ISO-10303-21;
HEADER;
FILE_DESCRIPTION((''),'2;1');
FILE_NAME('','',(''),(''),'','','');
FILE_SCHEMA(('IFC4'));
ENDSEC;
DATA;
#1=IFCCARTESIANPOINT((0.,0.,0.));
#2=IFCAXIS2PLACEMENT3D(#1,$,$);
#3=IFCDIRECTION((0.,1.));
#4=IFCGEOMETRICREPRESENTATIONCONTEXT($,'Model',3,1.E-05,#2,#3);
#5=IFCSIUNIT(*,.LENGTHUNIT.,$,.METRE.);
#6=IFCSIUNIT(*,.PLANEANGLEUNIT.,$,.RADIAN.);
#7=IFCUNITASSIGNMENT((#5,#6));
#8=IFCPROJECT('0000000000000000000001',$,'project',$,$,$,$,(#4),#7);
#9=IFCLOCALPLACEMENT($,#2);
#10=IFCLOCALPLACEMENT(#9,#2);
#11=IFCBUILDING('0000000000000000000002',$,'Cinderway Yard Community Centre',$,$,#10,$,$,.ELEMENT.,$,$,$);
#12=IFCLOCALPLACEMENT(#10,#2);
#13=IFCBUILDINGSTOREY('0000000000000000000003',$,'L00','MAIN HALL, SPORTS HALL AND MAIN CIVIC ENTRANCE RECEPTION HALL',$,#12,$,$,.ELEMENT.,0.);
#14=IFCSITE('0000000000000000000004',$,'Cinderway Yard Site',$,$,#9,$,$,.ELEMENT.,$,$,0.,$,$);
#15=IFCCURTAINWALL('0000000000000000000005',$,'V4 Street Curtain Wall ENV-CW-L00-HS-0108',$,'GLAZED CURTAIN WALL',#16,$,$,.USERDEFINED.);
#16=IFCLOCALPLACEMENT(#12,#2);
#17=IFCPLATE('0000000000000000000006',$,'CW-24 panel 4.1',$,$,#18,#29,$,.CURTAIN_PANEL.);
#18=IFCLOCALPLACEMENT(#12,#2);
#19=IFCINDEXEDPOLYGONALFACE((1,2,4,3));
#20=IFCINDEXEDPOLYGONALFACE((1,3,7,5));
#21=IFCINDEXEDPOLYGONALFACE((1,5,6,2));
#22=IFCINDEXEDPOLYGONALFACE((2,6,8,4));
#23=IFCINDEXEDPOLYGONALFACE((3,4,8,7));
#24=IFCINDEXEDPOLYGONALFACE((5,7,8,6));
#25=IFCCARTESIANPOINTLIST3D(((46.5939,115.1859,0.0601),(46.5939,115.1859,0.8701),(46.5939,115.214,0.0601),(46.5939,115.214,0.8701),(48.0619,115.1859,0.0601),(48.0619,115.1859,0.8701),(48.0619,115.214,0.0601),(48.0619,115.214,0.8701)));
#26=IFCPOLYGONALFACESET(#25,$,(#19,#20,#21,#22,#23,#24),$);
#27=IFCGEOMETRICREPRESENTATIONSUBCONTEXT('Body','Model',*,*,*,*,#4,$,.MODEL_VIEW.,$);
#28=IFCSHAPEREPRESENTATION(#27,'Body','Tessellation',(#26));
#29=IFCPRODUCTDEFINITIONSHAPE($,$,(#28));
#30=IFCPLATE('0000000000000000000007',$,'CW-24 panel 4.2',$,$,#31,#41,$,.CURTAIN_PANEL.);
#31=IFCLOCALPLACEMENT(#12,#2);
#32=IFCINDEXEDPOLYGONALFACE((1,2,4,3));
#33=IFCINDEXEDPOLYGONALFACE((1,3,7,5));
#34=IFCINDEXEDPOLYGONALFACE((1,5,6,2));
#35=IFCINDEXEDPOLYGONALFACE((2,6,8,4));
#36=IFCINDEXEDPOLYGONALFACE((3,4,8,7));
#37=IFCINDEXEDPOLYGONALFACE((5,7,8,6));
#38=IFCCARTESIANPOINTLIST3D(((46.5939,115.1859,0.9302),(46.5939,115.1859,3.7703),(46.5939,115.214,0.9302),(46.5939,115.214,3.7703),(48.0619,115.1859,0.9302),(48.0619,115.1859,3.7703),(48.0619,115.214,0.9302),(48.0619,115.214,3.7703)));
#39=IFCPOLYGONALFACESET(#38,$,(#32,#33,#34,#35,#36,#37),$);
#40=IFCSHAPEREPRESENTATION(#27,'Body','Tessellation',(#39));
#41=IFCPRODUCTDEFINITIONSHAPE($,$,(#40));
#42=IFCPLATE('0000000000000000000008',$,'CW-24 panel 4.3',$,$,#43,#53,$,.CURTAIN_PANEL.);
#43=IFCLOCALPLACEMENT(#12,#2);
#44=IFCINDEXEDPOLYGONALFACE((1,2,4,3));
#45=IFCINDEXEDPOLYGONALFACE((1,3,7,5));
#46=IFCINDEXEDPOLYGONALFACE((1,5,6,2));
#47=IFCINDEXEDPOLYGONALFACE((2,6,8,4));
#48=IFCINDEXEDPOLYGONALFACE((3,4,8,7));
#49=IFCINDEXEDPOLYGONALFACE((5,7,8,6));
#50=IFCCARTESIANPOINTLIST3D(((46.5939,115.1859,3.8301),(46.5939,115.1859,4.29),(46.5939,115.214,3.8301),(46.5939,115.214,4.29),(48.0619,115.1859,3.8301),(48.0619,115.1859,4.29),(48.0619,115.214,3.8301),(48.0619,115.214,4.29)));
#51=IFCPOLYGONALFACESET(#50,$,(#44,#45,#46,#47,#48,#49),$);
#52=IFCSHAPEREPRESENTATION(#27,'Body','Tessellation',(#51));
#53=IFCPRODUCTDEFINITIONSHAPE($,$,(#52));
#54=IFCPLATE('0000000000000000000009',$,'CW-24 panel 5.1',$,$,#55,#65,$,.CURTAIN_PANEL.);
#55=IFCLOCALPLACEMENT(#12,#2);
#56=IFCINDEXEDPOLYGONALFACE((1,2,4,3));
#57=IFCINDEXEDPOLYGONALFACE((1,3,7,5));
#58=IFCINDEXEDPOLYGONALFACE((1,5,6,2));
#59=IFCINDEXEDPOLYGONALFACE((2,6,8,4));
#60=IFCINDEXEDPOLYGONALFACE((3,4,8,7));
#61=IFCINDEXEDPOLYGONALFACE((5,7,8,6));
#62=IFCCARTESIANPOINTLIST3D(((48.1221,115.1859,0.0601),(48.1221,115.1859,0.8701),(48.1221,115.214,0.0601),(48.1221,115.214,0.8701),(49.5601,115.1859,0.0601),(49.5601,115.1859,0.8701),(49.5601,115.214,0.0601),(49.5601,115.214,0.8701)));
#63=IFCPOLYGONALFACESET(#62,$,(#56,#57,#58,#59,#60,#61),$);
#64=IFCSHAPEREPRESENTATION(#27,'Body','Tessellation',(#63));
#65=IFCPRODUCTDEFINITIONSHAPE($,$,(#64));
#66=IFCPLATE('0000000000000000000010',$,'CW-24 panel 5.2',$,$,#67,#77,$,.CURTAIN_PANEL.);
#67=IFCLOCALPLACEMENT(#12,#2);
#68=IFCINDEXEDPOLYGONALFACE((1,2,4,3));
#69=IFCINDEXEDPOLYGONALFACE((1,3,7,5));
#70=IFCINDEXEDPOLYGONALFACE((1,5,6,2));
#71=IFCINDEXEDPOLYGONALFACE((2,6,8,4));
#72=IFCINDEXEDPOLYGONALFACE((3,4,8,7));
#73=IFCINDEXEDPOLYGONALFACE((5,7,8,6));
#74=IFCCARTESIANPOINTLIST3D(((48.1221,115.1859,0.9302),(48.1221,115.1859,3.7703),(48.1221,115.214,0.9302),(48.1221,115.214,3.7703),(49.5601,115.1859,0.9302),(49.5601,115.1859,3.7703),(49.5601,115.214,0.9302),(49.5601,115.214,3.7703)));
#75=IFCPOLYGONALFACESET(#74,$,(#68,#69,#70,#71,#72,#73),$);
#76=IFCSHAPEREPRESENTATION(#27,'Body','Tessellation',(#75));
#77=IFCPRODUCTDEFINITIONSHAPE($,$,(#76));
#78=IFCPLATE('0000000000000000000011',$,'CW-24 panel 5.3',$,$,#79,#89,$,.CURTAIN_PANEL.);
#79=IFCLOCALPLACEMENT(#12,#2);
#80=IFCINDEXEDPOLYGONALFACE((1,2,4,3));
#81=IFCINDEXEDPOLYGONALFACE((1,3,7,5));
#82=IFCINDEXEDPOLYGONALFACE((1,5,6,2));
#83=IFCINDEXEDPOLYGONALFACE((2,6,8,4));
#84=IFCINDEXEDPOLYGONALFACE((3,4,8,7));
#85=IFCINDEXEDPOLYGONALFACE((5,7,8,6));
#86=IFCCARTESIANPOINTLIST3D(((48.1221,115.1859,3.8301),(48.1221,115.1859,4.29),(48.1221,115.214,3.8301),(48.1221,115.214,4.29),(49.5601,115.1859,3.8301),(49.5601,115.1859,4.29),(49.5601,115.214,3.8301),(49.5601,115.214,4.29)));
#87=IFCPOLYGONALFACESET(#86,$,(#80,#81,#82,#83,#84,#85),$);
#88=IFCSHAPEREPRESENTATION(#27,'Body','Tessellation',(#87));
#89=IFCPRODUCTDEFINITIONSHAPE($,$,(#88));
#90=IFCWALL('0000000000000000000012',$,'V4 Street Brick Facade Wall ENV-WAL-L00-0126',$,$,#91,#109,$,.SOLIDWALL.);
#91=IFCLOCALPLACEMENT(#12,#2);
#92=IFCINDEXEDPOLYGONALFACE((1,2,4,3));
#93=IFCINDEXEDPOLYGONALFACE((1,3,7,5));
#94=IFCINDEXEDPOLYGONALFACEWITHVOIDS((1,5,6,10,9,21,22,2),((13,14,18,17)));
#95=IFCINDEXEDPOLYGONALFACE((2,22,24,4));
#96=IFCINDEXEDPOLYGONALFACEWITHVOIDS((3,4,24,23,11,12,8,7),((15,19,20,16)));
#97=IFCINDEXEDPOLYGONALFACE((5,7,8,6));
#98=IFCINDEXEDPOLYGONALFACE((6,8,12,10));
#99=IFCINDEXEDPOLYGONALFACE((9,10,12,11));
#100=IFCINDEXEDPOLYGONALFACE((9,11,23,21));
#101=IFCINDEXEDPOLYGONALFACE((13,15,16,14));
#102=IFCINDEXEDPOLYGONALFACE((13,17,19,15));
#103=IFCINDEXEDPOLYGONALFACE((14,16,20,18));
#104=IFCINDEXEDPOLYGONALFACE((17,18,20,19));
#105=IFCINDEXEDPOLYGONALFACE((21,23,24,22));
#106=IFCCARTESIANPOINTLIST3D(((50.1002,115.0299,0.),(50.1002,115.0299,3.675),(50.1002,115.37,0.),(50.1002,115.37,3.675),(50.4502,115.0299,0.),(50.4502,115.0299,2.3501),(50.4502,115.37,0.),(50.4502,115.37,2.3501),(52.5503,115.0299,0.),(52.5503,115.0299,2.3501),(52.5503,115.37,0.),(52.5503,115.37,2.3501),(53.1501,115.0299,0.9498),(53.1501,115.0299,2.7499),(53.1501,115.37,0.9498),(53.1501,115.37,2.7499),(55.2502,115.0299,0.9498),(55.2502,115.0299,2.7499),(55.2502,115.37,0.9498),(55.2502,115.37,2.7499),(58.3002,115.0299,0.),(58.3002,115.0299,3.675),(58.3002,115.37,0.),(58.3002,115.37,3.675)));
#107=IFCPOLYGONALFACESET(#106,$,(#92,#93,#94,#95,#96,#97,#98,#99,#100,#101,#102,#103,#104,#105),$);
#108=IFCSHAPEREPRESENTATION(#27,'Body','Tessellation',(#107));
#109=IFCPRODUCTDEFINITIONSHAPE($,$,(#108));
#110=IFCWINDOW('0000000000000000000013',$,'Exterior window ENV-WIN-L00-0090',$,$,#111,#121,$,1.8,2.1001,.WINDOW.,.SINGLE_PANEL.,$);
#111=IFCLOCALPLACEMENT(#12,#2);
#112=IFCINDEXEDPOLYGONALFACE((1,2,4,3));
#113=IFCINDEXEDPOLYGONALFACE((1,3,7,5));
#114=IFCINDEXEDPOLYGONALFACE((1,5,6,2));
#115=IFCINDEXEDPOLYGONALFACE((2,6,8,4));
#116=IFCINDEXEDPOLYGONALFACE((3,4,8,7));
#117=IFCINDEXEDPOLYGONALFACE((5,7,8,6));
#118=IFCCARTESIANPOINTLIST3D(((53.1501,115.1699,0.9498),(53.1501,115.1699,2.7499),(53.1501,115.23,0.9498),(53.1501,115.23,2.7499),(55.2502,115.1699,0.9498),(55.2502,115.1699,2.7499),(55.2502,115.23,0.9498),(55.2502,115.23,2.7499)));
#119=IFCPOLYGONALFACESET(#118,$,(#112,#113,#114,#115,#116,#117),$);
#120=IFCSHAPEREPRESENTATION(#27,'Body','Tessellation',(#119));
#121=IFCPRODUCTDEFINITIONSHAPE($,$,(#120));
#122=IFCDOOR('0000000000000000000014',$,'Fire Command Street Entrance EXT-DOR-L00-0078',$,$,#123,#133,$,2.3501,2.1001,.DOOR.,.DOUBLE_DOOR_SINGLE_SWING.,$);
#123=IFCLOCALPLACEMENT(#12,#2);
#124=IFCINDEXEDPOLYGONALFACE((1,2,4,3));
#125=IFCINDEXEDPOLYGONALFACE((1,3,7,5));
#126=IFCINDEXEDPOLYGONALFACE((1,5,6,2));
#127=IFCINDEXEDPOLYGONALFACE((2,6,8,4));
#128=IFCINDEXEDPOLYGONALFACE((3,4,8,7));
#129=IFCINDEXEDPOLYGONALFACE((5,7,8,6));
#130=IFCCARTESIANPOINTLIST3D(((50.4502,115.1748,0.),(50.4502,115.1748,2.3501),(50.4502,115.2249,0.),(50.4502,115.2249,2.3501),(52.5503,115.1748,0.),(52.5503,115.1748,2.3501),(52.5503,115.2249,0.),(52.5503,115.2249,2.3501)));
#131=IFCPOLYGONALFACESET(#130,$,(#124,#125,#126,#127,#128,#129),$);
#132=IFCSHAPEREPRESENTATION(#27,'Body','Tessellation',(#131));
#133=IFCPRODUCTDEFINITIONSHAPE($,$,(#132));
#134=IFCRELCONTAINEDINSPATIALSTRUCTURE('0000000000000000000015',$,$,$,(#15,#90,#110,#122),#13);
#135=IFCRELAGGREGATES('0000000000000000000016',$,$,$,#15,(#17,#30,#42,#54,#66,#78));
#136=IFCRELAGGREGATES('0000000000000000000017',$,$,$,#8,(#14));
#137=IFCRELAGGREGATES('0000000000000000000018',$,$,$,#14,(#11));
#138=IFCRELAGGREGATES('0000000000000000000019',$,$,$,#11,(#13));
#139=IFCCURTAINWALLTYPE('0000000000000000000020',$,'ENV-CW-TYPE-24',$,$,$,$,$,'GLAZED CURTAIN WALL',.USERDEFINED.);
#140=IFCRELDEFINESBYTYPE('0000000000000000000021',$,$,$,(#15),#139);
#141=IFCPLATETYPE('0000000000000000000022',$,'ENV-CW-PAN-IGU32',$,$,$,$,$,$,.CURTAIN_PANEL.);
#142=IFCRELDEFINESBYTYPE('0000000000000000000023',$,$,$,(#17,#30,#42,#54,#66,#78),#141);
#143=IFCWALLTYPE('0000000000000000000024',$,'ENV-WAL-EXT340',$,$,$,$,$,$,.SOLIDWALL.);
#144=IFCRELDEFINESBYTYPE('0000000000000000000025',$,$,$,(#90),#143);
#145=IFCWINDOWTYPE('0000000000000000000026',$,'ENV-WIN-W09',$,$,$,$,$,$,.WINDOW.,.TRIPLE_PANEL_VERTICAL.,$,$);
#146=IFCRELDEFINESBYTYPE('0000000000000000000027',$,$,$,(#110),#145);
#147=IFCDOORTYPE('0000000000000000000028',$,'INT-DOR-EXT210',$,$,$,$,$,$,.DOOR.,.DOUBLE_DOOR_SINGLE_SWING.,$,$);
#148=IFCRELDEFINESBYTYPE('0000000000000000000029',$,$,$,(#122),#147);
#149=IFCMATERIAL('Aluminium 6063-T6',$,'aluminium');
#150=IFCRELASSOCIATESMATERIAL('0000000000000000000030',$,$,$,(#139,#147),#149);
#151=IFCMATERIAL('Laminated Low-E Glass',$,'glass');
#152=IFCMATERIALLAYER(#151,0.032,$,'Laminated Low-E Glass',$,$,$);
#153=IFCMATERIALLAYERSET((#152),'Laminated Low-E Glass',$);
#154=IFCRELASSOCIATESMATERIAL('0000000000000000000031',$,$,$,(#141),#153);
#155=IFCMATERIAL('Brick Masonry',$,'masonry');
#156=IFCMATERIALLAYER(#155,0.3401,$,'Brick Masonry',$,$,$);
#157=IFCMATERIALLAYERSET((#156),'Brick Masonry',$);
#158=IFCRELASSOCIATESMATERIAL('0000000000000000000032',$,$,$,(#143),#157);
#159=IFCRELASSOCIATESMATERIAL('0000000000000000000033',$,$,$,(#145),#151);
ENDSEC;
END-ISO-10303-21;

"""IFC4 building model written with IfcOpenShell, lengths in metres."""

from ifc_helpers import new_model, si_unit, direction, frame, frame_2d, origin, origin_2d, place, context, subcontext, project, spatial, rectangle, extrude, material, layer, layer_set, type_object, element, fill, aggregate, save


model = new_model("IFC4")

# Units and contexts
model_context = context("Model", 3, precision=1e-05, world=origin(), true_north=direction((0.0, 1.0)))
body_context = subcontext(model_context, "Body", "Model", "MODEL_VIEW")
ifc_project = project(units=[si_unit("LENGTHUNIT", "METRE"), si_unit("PLANEANGLEUNIT", "RADIAN")], contexts=[model_context])

# Site, building, storey
site_placement = place(None, origin())
site = spatial("IfcSite", under=ifc_project, at=site_placement, Name="Cinderway Yard Site", CompositionType="ELEMENT", RefElevation=0.0)
building_placement = place(site_placement, origin())
building = spatial("IfcBuilding", under=site, at=building_placement, Name="Cinderway Yard Community Centre", CompositionType="ELEMENT")
storey_placement = place(building_placement, origin())
storey = spatial("IfcBuildingStorey", under=building, at=storey_placement, Name="L00", Description="MAIN HALL, SPORTS HALL AND MAIN CIVIC ENTRANCE RECEPTION HALL", CompositionType="ELEMENT", Elevation=0.0)

# Curtain wall, plates
ifc_material_1 = material(Name="Aluminium 6063-T6", Category="aluminium")
curtain_wall_type = type_object("IfcCurtainWallType", Name="ENV-CW-TYPE-24", ElementType="GLAZED CURTAIN WALL", PredefinedType="USERDEFINED", material=ifc_material_1)
curtain_wall_placement = place(storey_placement, origin())
curtain_wall = element("IfcCurtainWall", 1, at=curtain_wall_placement, inside=storey, type_object=curtain_wall_type, Name="V4 Street Curtain Wall ENV-CW-L00-HS-0108", ObjectType="GLAZED CURTAIN WALL", PredefinedType="USERDEFINED")
ifc_material_2 = material(Name="Laminated Low-E Glass", Category="glass")
ifc_layer_1 = layer(ifc_material_2, 0.032, Name="Laminated Low-E Glass")
ifc_layer_set_1 = layer_set([ifc_layer_1], Name="Laminated Low-E Glass")
plate_type = type_object("IfcPlateType", Name="ENV-CW-PAN-IGU32", PredefinedType="CURTAIN_PANEL", material=ifc_layer_set_1)
plate_1_placement = place(storey_placement, frame((47.3279, 115.2, 0.0601), z_axis=(0.0, 0.0, 1.0), x_axis=(1.0, 0.0, 0.0)))
plate_1 = element("IfcPlate", 2, at=plate_1_placement, type_object=plate_type, Name="CW-24 panel 4.1", PredefinedType="CURTAIN_PANEL", context=body_context, shape_type="SweptSolid", body=[
    extrude(rectangle(XDim=1.468, YDim=0.0281, at=origin_2d()), origin(), (0.0, 0.0, 1.0), 0.8101),
])
plate_2_placement = place(storey_placement, frame((47.3279, 115.2, 0.9302), z_axis=(0.0, 0.0, 1.0), x_axis=(1.0, 0.0, 0.0)))
plate_2 = element("IfcPlate", 3, at=plate_2_placement, type_object=plate_type, Name="CW-24 panel 4.2", PredefinedType="CURTAIN_PANEL", context=body_context, shape_type="SweptSolid", body=[
    extrude(rectangle(XDim=1.468, YDim=0.0281, at=origin_2d()), origin(), (0.0, 0.0, 1.0), 2.8401),
])
plate_3_placement = place(storey_placement, frame((47.3279, 115.2, 3.8301), z_axis=(0.0, 0.0, 1.0), x_axis=(1.0, 0.0, 0.0)))
plate_3 = element("IfcPlate", 4, at=plate_3_placement, type_object=plate_type, Name="CW-24 panel 4.3", PredefinedType="CURTAIN_PANEL", context=body_context, shape_type="SweptSolid", body=[
    extrude(rectangle(XDim=1.468, YDim=0.0281, at=origin_2d()), origin(), (0.0, 0.0, 1.0), 0.46),
])
plate_4_placement = place(storey_placement, frame((48.8411, 115.2, 0.0601), z_axis=(0.0, 0.0, 1.0), x_axis=(1.0, 0.0, 0.0)))
plate_4 = element("IfcPlate", 5, at=plate_4_placement, type_object=plate_type, Name="CW-24 panel 5.1", PredefinedType="CURTAIN_PANEL", context=body_context, shape_type="SweptSolid", body=[
    extrude(rectangle(XDim=1.438, YDim=0.0281, at=origin_2d()), origin(), (0.0, 0.0, 1.0), 0.8101),
])
plate_5_placement = place(storey_placement, frame((48.8411, 115.2, 0.9302), z_axis=(0.0, 0.0, 1.0), x_axis=(1.0, 0.0, 0.0)))
plate_5 = element("IfcPlate", 6, at=plate_5_placement, type_object=plate_type, Name="CW-24 panel 5.2", PredefinedType="CURTAIN_PANEL", context=body_context, shape_type="SweptSolid", body=[
    extrude(rectangle(XDim=1.438, YDim=0.0281, at=origin_2d()), origin(), (0.0, 0.0, 1.0), 2.8401),
])
plate_6_placement = place(storey_placement, frame((48.8411, 115.2, 3.8301), z_axis=(0.0, 0.0, 1.0), x_axis=(1.0, 0.0, 0.0)))
plate_6 = element("IfcPlate", 7, at=plate_6_placement, type_object=plate_type, Name="CW-24 panel 5.3", PredefinedType="CURTAIN_PANEL", context=body_context, shape_type="SweptSolid", body=[
    extrude(rectangle(XDim=1.438, YDim=0.0281, at=origin_2d()), origin(), (0.0, 0.0, 1.0), 0.46),
])
aggregate(curtain_wall, [plate_1, plate_2, plate_3, plate_4, plate_5, plate_6])

# Wall, openings, window, door
ifc_material_3 = material(Name="Brick Masonry", Category="masonry")
ifc_layer_2 = layer(ifc_material_3, 0.3401, Name="Brick Masonry")
ifc_layer_set_2 = layer_set([ifc_layer_2], Name="Brick Masonry")
wall_type = type_object("IfcWallType", Name="ENV-WAL-EXT340", PredefinedType="SOLIDWALL", material=ifc_layer_set_2)
wall_placement = place(storey_placement, frame((50.1001, 115.2, 0.0), z_axis=(0.0, 0.0, 1.0), x_axis=(1.0, 0.0, 0.0)))
wall = element("IfcWall", 8, at=wall_placement, inside=storey, type_object=wall_type, Name="V4 Street Brick Facade Wall ENV-WAL-L00-0126", PredefinedType="SOLIDWALL", context=body_context, shape_type="SweptSolid", body=[
    extrude(rectangle(XDim=8.2, YDim=0.3401, at=frame_2d((4.1001, 0.0))), origin(), (0.0, 0.0, 1.0), 3.675),
])
opening_1_placement = place(wall_placement, frame((3.05, 0.0, 0.95)))
opening_1 = element("IfcOpeningElement", 9, at=opening_1_placement, cuts=wall, PredefinedType="OPENING", context=body_context, shape_type="SweptSolid", body=[
    extrude(rectangle(XDim=2.1001, YDim=1.8, at=frame_2d((1.05, 0.8999))), frame((0.0, 0.1799, 0.0), z_axis=(0.0, -1.0, 0.0), x_axis=(1.0, 0.0, 0.0)), (0.0, 0.0, 1.0), 0.3601),
])
opening_2_placement = place(wall_placement, frame((0.3501, 0.0, 0.0)))
opening_2 = element("IfcOpeningElement", 10, at=opening_2_placement, cuts=wall, PredefinedType="OPENING", context=body_context, shape_type="SweptSolid", body=[
    extrude(rectangle(XDim=2.1001, YDim=2.3501, at=frame_2d((1.05, 1.175))), frame((0.0, 0.1799, 0.0), z_axis=(0.0, -1.0, 0.0), x_axis=(1.0, 0.0, 0.0)), (0.0, 0.0, 1.0), 0.3601),
])
window_type = type_object("IfcWindowType", Name="ENV-WIN-W09", PartitioningType="TRIPLE_PANEL_VERTICAL", PredefinedType="WINDOW", material=ifc_material_2)
window_placement = place(opening_1_placement, origin())
window = element("IfcWindow", 11, at=window_placement, inside=storey, type_object=window_type, Name="Exterior window ENV-WIN-L00-0090", OverallHeight=1.8, OverallWidth=2.1001, PartitioningType="SINGLE_PANEL", PredefinedType="WINDOW", context=body_context, shape_type="SweptSolid", body=[
    extrude(rectangle(XDim=2.1001, YDim=1.8, at=frame_2d((1.05, 0.8999))), frame((0.0, 0.03, 0.0), z_axis=(0.0, -1.0, 0.0), x_axis=(1.0, 0.0, 0.0)), (0.0, 0.0, 1.0), 0.0601),
])
fill(opening_1, window)
door_type = type_object("IfcDoorType", Name="INT-DOR-EXT210", OperationType="DOUBLE_DOOR_SINGLE_SWING", PredefinedType="DOOR", material=ifc_material_1)
door_placement = place(opening_2_placement, origin())
door = element("IfcDoor", 12, at=door_placement, inside=storey, type_object=door_type, Name="Fire Command Street Entrance EXT-DOR-L00-0078", OperationType="DOUBLE_DOOR_SINGLE_SWING", OverallHeight=2.3501, OverallWidth=2.1001, PredefinedType="DOOR", context=body_context, shape_type="SweptSolid", body=[
    extrude(rectangle(XDim=2.1001, YDim=2.3501, at=frame_2d((1.05, 1.175))), frame((0.0, 0.0249, 0.0), z_axis=(0.0, -1.0, 0.0), x_axis=(1.0, 0.0, 0.0)), (0.0, 0.0, 1.0), 0.05),
])
fill(opening_2, door)

save(model, "model.ifc")
